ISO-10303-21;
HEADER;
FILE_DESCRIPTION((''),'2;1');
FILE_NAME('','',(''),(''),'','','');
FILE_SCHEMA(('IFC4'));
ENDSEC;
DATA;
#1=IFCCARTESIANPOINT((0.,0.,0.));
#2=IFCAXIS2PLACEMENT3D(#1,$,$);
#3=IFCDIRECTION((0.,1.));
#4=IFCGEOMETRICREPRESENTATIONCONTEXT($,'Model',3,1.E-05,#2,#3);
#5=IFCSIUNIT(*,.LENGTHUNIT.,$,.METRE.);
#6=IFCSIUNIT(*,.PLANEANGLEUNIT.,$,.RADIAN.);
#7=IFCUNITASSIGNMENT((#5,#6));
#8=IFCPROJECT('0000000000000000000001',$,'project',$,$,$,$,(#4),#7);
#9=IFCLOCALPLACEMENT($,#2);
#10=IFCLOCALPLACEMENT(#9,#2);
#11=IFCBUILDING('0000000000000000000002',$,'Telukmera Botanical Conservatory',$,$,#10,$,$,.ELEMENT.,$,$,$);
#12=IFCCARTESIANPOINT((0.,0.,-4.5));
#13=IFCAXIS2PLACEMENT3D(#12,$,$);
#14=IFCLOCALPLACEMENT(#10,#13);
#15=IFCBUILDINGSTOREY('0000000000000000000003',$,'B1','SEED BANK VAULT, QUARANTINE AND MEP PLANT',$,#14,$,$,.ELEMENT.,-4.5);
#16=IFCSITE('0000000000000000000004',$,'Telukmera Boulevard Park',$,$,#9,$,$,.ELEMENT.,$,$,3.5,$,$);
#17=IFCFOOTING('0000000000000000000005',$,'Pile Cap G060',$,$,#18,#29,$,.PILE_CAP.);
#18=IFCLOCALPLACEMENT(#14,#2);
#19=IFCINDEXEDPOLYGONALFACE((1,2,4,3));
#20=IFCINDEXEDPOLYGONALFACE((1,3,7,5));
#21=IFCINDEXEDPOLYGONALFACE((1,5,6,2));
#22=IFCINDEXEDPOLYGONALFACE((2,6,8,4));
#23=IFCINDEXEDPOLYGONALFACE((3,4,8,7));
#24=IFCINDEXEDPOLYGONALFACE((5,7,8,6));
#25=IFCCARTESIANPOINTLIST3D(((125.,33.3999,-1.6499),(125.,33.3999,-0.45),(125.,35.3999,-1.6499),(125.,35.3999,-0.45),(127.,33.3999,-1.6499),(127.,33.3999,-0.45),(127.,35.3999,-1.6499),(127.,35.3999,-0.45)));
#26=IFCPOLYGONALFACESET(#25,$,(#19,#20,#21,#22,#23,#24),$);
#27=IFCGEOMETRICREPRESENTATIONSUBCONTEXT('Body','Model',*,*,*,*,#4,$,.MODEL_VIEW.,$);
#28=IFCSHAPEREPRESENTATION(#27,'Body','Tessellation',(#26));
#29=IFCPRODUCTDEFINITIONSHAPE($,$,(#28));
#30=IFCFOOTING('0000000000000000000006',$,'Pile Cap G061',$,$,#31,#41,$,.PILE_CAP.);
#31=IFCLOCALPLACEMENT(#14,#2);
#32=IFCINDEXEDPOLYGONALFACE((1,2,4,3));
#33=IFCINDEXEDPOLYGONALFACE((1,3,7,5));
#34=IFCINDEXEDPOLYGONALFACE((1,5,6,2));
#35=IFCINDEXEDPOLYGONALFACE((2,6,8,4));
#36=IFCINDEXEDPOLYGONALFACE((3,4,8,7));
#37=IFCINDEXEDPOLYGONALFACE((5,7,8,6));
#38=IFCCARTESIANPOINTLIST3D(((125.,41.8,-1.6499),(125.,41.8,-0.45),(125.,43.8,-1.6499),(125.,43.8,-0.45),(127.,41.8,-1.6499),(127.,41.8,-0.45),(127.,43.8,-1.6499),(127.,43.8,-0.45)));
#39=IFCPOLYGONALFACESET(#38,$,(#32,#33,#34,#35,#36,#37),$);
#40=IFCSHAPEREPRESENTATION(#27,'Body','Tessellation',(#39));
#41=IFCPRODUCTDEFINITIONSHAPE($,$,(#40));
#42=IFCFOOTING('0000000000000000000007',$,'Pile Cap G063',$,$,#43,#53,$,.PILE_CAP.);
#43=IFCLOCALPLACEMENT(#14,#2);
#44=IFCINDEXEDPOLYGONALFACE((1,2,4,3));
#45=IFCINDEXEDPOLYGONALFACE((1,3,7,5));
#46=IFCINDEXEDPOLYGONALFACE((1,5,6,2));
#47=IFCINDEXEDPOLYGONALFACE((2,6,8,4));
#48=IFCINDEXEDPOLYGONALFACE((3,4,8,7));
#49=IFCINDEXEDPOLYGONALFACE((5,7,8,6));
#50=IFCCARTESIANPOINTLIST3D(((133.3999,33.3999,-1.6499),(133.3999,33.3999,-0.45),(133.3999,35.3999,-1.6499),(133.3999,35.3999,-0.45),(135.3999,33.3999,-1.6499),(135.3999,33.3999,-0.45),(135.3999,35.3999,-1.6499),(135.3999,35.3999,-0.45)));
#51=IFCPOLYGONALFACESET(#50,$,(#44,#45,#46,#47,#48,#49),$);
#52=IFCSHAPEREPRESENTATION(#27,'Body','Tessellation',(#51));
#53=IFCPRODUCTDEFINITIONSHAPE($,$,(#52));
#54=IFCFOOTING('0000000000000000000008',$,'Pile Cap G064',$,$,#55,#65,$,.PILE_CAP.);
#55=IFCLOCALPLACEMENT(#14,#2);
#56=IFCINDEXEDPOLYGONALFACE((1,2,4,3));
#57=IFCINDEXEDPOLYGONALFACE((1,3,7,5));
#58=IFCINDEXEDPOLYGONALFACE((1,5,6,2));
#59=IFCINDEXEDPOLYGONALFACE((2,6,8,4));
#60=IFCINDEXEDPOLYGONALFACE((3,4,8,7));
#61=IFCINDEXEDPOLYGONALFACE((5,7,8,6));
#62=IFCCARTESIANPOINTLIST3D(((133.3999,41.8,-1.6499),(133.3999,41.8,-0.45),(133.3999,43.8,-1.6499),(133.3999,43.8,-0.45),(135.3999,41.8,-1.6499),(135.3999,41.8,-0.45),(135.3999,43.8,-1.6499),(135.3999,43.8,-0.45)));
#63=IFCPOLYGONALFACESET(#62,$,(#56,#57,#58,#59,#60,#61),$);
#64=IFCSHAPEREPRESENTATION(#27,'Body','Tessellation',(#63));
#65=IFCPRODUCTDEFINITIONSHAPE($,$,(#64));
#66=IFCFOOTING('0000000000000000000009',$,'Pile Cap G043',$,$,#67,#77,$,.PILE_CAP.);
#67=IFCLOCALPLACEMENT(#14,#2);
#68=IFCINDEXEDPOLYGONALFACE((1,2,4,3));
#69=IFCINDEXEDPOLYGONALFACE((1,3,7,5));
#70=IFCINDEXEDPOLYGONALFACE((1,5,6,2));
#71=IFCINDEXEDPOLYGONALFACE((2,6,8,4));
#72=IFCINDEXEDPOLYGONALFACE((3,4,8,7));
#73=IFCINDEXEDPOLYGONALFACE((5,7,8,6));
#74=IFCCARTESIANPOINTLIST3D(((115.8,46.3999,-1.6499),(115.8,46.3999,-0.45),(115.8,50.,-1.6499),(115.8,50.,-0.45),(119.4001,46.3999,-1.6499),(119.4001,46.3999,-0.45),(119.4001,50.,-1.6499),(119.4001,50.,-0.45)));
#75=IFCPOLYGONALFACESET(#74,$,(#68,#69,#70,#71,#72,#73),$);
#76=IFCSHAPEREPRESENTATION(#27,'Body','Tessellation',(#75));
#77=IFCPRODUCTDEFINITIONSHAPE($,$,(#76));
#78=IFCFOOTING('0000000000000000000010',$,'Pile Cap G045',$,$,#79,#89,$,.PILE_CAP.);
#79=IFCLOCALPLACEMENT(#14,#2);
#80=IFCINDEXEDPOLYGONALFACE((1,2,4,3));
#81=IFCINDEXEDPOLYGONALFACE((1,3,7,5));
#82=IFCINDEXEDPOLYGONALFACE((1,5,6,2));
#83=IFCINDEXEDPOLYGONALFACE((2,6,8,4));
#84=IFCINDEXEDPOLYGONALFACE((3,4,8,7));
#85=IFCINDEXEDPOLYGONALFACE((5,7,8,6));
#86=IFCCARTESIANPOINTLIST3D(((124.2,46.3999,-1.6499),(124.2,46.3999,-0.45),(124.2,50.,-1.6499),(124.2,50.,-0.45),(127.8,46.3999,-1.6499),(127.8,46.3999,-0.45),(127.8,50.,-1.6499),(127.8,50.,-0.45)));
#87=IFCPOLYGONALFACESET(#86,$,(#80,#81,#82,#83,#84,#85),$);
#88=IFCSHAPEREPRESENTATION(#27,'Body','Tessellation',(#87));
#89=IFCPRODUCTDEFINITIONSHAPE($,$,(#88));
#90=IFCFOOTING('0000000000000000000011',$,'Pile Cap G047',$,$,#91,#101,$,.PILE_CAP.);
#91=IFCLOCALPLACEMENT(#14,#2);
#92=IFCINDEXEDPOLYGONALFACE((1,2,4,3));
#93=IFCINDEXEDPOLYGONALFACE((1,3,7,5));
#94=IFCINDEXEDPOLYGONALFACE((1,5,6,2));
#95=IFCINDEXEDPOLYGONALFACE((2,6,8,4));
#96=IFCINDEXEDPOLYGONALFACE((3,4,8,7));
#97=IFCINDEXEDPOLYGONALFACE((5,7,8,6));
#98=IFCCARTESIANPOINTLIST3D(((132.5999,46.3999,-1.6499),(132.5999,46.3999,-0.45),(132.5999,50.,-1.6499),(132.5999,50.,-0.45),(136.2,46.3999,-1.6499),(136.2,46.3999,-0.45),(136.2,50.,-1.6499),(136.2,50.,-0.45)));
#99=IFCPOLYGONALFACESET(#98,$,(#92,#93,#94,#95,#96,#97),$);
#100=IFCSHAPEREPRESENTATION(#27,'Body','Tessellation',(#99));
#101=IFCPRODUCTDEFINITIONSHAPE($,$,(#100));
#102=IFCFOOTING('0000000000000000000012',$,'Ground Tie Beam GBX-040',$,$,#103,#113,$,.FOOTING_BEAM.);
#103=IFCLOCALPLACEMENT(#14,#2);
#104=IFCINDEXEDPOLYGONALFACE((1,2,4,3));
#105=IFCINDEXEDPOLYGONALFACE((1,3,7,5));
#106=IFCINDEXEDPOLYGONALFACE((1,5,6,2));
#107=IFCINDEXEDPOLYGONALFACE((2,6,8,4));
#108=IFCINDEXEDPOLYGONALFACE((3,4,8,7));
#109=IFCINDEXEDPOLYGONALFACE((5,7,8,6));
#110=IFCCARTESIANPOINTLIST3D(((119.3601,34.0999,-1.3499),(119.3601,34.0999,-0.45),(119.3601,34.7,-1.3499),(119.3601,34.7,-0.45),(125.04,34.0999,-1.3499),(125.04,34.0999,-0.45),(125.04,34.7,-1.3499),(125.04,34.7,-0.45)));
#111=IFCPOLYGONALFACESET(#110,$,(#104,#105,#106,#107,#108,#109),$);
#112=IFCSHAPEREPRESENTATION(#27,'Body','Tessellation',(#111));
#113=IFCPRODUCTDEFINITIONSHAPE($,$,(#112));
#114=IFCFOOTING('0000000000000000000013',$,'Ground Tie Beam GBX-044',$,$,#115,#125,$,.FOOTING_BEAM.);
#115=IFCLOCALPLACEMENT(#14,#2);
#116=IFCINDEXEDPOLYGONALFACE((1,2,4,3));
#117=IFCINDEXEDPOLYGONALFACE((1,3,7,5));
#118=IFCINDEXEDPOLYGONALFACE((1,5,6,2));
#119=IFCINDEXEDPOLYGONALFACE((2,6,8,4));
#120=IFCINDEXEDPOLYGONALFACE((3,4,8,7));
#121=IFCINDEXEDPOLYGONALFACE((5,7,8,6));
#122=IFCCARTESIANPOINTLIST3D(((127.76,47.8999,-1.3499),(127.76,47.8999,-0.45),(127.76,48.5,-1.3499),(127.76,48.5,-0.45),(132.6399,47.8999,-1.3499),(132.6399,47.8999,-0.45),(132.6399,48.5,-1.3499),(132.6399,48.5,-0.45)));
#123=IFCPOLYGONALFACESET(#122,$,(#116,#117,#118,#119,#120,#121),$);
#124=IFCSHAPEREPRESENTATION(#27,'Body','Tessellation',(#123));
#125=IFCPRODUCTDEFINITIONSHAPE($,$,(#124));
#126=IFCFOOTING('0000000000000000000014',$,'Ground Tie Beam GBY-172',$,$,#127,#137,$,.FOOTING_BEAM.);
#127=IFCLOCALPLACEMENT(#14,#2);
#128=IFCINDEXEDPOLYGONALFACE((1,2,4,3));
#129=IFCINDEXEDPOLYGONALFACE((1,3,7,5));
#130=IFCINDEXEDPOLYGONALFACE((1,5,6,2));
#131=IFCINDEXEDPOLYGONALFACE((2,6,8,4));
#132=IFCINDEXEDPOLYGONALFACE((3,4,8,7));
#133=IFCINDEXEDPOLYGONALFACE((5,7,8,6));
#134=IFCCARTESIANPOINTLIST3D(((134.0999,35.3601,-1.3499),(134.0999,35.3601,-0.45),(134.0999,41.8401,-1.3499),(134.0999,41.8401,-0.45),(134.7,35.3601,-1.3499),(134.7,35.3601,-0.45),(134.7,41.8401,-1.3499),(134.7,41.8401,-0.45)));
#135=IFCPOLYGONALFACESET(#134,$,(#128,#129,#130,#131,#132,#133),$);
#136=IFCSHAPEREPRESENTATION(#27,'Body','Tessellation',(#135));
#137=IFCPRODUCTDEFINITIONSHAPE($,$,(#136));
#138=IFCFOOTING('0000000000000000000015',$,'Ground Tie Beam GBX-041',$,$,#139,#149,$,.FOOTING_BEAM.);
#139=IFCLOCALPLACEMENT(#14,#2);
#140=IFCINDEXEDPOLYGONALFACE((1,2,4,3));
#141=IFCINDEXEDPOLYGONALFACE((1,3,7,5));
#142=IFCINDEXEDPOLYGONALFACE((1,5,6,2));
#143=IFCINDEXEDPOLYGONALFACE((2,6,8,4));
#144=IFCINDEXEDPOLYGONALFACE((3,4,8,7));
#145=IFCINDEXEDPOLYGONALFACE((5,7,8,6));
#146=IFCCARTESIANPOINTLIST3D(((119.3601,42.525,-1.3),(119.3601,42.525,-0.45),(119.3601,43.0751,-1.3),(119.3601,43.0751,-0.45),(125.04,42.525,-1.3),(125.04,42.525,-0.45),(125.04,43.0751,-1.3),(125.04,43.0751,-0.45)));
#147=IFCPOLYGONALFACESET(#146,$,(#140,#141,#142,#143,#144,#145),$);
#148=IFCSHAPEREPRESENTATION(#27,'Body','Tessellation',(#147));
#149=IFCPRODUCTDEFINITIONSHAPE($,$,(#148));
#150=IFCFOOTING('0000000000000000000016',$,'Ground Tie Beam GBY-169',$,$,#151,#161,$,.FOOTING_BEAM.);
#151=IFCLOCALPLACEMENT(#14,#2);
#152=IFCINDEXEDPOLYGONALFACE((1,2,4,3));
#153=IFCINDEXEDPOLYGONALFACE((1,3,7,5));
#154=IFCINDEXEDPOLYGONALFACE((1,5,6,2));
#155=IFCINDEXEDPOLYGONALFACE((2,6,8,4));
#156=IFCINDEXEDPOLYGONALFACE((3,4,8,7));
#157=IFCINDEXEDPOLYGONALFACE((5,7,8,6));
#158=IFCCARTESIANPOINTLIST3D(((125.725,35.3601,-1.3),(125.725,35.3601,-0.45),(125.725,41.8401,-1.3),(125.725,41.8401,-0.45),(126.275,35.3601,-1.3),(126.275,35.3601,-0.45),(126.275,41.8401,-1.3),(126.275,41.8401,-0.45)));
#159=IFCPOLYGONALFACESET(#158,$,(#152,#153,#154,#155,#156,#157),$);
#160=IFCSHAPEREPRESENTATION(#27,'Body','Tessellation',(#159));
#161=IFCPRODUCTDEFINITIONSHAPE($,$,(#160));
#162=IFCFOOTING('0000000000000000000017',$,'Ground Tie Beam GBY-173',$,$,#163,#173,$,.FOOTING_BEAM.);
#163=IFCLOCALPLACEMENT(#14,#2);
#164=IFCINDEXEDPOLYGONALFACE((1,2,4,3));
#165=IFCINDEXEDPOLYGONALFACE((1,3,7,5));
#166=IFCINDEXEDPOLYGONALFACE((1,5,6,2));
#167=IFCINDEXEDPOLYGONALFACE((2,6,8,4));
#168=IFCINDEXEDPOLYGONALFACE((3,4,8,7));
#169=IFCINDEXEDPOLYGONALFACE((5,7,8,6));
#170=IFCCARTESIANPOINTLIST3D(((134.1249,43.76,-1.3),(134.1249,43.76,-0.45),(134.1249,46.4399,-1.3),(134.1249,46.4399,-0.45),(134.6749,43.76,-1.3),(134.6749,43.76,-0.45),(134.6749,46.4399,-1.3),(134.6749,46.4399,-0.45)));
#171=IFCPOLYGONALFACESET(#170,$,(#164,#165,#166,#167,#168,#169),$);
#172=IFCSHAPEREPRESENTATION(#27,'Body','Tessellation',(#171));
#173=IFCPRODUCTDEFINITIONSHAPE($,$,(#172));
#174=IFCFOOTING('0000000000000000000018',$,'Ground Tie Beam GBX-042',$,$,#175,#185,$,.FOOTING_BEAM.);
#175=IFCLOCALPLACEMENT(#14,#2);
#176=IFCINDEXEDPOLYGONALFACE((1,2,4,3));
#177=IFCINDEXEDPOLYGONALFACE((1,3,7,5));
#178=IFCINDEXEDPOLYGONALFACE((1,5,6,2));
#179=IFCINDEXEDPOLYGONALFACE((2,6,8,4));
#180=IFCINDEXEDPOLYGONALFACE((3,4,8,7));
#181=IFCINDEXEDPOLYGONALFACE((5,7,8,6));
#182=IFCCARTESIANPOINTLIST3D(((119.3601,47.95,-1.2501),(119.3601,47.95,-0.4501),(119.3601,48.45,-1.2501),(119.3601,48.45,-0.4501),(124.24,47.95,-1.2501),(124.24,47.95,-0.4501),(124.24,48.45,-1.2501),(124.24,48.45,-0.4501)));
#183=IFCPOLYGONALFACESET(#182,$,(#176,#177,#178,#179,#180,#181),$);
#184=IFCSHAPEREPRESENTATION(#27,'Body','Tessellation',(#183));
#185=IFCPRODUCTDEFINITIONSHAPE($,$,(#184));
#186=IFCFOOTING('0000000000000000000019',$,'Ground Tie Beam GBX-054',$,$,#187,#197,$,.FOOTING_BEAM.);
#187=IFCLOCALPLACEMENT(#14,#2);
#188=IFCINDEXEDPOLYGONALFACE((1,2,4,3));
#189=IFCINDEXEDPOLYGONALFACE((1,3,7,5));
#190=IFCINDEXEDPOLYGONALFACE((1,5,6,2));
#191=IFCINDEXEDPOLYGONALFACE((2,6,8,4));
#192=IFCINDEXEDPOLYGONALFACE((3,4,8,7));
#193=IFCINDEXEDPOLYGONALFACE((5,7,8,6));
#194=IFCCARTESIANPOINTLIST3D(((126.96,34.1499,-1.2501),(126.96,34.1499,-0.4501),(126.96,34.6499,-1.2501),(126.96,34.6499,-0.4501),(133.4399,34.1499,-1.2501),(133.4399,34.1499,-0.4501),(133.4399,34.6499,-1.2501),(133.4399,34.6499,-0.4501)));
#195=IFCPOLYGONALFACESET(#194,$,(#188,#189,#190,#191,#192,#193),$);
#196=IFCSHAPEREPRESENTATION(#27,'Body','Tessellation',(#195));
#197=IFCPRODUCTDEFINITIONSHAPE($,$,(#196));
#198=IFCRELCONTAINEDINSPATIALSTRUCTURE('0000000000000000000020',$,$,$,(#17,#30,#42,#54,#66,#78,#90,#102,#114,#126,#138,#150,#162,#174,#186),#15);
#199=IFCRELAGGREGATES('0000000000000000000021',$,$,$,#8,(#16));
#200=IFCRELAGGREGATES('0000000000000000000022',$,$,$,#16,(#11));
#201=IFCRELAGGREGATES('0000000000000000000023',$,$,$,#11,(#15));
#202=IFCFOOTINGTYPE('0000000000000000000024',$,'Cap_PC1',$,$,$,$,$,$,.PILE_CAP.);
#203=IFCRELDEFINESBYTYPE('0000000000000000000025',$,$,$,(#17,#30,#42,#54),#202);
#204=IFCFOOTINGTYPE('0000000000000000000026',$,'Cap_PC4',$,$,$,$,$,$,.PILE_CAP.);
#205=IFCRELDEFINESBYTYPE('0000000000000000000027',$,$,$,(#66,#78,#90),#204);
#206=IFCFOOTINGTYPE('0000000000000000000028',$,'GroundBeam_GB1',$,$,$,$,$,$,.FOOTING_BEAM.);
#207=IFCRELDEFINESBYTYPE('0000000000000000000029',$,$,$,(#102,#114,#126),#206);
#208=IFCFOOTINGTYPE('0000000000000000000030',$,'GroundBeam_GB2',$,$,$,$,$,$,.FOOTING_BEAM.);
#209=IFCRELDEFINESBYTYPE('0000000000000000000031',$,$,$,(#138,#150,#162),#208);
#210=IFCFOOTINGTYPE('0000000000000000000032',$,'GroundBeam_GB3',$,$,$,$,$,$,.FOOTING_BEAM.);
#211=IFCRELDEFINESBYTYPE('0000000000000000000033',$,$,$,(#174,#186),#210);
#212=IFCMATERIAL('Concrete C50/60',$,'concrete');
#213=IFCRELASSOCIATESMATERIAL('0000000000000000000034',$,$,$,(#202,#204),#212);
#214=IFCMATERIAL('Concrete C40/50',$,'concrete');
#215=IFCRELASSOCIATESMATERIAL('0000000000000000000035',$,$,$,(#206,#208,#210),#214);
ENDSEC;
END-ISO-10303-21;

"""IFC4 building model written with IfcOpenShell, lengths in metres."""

from ifc_helpers import new_model, si_unit, direction, frame, origin, origin_2d, place, context, subcontext, project, spatial, rectangle, extrude, material, material_profile, profile_set, type_object, element, save


model = new_model("IFC4")

# Units and contexts
model_context = context("Model", 3, precision=1e-05, world=origin(), true_north=direction((0.0, 1.0)))
body_context = subcontext(model_context, "Body", "Model", "MODEL_VIEW")
ifc_project = project(units=[si_unit("LENGTHUNIT", "METRE"), si_unit("PLANEANGLEUNIT", "RADIAN")], contexts=[model_context])

# Site, building, storey
site_placement = place(None, origin())
site = spatial("IfcSite", under=ifc_project, at=site_placement, Name="Telukmera Boulevard Park", CompositionType="ELEMENT", RefElevation=3.5)
building_placement = place(site_placement, origin())
building = spatial("IfcBuilding", under=site, at=building_placement, Name="Telukmera Botanical Conservatory", CompositionType="ELEMENT")
storey_placement = place(building_placement, frame((0.0, 0.0, -4.5)))
storey = spatial("IfcBuildingStorey", under=building, at=storey_placement, Name="B1", Description="SEED BANK VAULT, QUARANTINE AND MEP PLANT", CompositionType="ELEMENT", Elevation=-4.5)

# Footings
ifc_material_1 = material(Name="Concrete C50/60", Category="concrete")
footing_type_1 = type_object("IfcFootingType", Name="Cap_PC1", PredefinedType="PILE_CAP", material=ifc_material_1)
for number, where, z_axis, x_axis, name in (
    (1, (126.0, 34.3999, -1.6499), (0.0, 0.0, 1.0), (1.0, 0.0, 0.0), "Pile Cap G060"),
    (2, (126.0, 42.8, -1.6499), (0.0, 0.0, 1.0), (1.0, 0.0, 0.0), "Pile Cap G061"),
    (3, (134.3999, 34.3999, -1.6499), (0.0, 0.0, 1.0), (1.0, 0.0, 0.0), "Pile Cap G063"),
    (4, (134.3999, 42.8, -1.6499), (0.0, 0.0, 1.0), (1.0, 0.0, 0.0), "Pile Cap G064"),
):
    element("IfcFooting", number, at=place(storey_placement, frame(where, z_axis=z_axis, x_axis=x_axis)), inside=storey, type_object=footing_type_1, Name=name, PredefinedType="PILE_CAP", context=body_context, shape_type="SweptSolid", body=[
        extrude(rectangle(XDim=2.0, YDim=2.0, at=origin_2d()), origin(), (0.0, 0.0, 1.0), 1.2),
    ])
footing_type_2 = type_object("IfcFootingType", Name="Cap_PC4", PredefinedType="PILE_CAP", material=ifc_material_1)
for number, where, z_axis, x_axis, name in (
    (5, (117.6001, 48.2, -1.6499), (0.0, 0.0, 1.0), (1.0, 0.0, 0.0), "Pile Cap G043"),
    (6, (126.0, 48.2, -1.6499), (0.0, 0.0, 1.0), (1.0, 0.0, 0.0), "Pile Cap G045"),
    (7, (134.3999, 48.2, -1.6499), (0.0, 0.0, 1.0), (1.0, 0.0, 0.0), "Pile Cap G047"),
):
    element("IfcFooting", number, at=place(storey_placement, frame(where, z_axis=z_axis, x_axis=x_axis)), inside=storey, type_object=footing_type_2, Name=name, PredefinedType="PILE_CAP", context=body_context, shape_type="SweptSolid", body=[
        extrude(rectangle(XDim=3.6001, YDim=3.6001, at=origin_2d()), origin(), (0.0, 0.0, 1.0), 1.2),
    ])
ifc_material_2 = material(Name="Concrete C40/50", Category="concrete")
ifc_material_profile_1 = material_profile(ifc_material_2, rectangle(XDim=0.6001, YDim=0.8999, at=origin_2d()), Name="RC 600x900")
ifc_profile_set_1 = profile_set([ifc_material_profile_1], Name="Concrete C40/50")
footing_type_3 = type_object("IfcFootingType", Name="GroundBeam_GB1", PredefinedType="FOOTING_BEAM", material=ifc_profile_set_1)
footing_1_placement = place(storey_placement, frame((119.3601, 34.3999, -0.8999), z_axis=(1.0, 0.0, 0.0), x_axis=(0.0, 1.0, 0.0)))
element("IfcFooting", 8, at=footing_1_placement, inside=storey, type_object=footing_type_3, Name="Ground Tie Beam GBX-040", PredefinedType="FOOTING_BEAM", context=body_context, shape_type="SweptSolid", body=[
    extrude(rectangle(XDim=0.6001, YDim=0.8999, at=origin_2d()), origin(), (0.0, 0.0, 1.0), 5.6799),
])
footing_2_placement = place(storey_placement, frame((127.76, 48.2, -0.8999), z_axis=(1.0, 0.0, 0.0), x_axis=(0.0, 1.0, 0.0)))
element("IfcFooting", 9, at=footing_2_placement, inside=storey, type_object=footing_type_3, Name="Ground Tie Beam GBX-044", PredefinedType="FOOTING_BEAM", context=body_context, shape_type="SweptSolid", body=[
    extrude(rectangle(XDim=0.6001, YDim=0.8999, at=origin_2d()), origin(), (0.0, 0.0, 1.0), 4.8799),
])
footing_3_placement = place(storey_placement, frame((134.3999, 35.3601, -0.8999), z_axis=(0.0, 1.0, 0.0), x_axis=(-1.0, 0.0, 0.0)))
element("IfcFooting", 10, at=footing_3_placement, inside=storey, type_object=footing_type_3, Name="Ground Tie Beam GBY-172", PredefinedType="FOOTING_BEAM", context=body_context, shape_type="SweptSolid", body=[
    extrude(rectangle(XDim=0.6001, YDim=0.8999, at=origin_2d()), origin(), (0.0, 0.0, 1.0), 6.48),
])
ifc_material_profile_2 = material_profile(ifc_material_2, rectangle(XDim=0.55, YDim=0.8501, at=origin_2d()), Name="RC 550x850")
ifc_profile_set_2 = profile_set([ifc_material_profile_2], Name="Concrete C40/50")
footing_type_4 = type_object("IfcFootingType", Name="GroundBeam_GB2", PredefinedType="FOOTING_BEAM", material=ifc_profile_set_2)
footing_4_placement = place(storey_placement, frame((119.3601, 42.8, -0.875), z_axis=(1.0, 0.0, 0.0), x_axis=(0.0, 1.0, 0.0)))
element("IfcFooting", 11, at=footing_4_placement, inside=storey, type_object=footing_type_4, Name="Ground Tie Beam GBX-041", PredefinedType="FOOTING_BEAM", context=body_context, shape_type="SweptSolid", body=[
    extrude(rectangle(XDim=0.55, YDim=0.8501, at=origin_2d()), origin(), (0.0, 0.0, 1.0), 5.6799),
])
footing_5_placement = place(storey_placement, frame((126.0, 35.3601, -0.875), z_axis=(0.0, 1.0, 0.0), x_axis=(-1.0, 0.0, 0.0)))
element("IfcFooting", 12, at=footing_5_placement, inside=storey, type_object=footing_type_4, Name="Ground Tie Beam GBY-169", PredefinedType="FOOTING_BEAM", context=body_context, shape_type="SweptSolid", body=[
    extrude(rectangle(XDim=0.55, YDim=0.8501, at=origin_2d()), origin(), (0.0, 0.0, 1.0), 6.48),
])
footing_6_placement = place(storey_placement, frame((134.3999, 43.76, -0.875), z_axis=(0.0, 1.0, 0.0), x_axis=(-1.0, 0.0, 0.0)))
element("IfcFooting", 13, at=footing_6_placement, inside=storey, type_object=footing_type_4, Name="Ground Tie Beam GBY-173", PredefinedType="FOOTING_BEAM", context=body_context, shape_type="SweptSolid", body=[
    extrude(rectangle(XDim=0.55, YDim=0.8501, at=origin_2d()), origin(), (0.0, 0.0, 1.0), 2.6799),
])
ifc_material_profile_3 = material_profile(ifc_material_2, rectangle(XDim=0.5, YDim=0.8, at=origin_2d()), Name="RC 500x800")
ifc_profile_set_3 = profile_set([ifc_material_profile_3], Name="Concrete C40/50")
footing_type_5 = type_object("IfcFootingType", Name="GroundBeam_GB3", PredefinedType="FOOTING_BEAM", material=ifc_profile_set_3)
footing_7_placement = place(storey_placement, frame((119.3601, 48.2, -0.8501), z_axis=(1.0, 0.0, 0.0), x_axis=(0.0, 1.0, 0.0)))
element("IfcFooting", 14, at=footing_7_placement, inside=storey, type_object=footing_type_5, Name="Ground Tie Beam GBX-042", PredefinedType="FOOTING_BEAM", context=body_context, shape_type="SweptSolid", body=[
    extrude(rectangle(XDim=0.5, YDim=0.8, at=origin_2d()), origin(), (0.0, 0.0, 1.0), 4.8799),
])
footing_8_placement = place(storey_placement, frame((126.96, 34.3999, -0.8501), z_axis=(1.0, 0.0, 0.0), x_axis=(0.0, 1.0, 0.0)))
element("IfcFooting", 15, at=footing_8_placement, inside=storey, type_object=footing_type_5, Name="Ground Tie Beam GBX-054", PredefinedType="FOOTING_BEAM", context=body_context, shape_type="SweptSolid", body=[
    extrude(rectangle(XDim=0.5, YDim=0.8, at=origin_2d()), origin(), (0.0, 0.0, 1.0), 6.48),
])

save(model, "model.ifc")
